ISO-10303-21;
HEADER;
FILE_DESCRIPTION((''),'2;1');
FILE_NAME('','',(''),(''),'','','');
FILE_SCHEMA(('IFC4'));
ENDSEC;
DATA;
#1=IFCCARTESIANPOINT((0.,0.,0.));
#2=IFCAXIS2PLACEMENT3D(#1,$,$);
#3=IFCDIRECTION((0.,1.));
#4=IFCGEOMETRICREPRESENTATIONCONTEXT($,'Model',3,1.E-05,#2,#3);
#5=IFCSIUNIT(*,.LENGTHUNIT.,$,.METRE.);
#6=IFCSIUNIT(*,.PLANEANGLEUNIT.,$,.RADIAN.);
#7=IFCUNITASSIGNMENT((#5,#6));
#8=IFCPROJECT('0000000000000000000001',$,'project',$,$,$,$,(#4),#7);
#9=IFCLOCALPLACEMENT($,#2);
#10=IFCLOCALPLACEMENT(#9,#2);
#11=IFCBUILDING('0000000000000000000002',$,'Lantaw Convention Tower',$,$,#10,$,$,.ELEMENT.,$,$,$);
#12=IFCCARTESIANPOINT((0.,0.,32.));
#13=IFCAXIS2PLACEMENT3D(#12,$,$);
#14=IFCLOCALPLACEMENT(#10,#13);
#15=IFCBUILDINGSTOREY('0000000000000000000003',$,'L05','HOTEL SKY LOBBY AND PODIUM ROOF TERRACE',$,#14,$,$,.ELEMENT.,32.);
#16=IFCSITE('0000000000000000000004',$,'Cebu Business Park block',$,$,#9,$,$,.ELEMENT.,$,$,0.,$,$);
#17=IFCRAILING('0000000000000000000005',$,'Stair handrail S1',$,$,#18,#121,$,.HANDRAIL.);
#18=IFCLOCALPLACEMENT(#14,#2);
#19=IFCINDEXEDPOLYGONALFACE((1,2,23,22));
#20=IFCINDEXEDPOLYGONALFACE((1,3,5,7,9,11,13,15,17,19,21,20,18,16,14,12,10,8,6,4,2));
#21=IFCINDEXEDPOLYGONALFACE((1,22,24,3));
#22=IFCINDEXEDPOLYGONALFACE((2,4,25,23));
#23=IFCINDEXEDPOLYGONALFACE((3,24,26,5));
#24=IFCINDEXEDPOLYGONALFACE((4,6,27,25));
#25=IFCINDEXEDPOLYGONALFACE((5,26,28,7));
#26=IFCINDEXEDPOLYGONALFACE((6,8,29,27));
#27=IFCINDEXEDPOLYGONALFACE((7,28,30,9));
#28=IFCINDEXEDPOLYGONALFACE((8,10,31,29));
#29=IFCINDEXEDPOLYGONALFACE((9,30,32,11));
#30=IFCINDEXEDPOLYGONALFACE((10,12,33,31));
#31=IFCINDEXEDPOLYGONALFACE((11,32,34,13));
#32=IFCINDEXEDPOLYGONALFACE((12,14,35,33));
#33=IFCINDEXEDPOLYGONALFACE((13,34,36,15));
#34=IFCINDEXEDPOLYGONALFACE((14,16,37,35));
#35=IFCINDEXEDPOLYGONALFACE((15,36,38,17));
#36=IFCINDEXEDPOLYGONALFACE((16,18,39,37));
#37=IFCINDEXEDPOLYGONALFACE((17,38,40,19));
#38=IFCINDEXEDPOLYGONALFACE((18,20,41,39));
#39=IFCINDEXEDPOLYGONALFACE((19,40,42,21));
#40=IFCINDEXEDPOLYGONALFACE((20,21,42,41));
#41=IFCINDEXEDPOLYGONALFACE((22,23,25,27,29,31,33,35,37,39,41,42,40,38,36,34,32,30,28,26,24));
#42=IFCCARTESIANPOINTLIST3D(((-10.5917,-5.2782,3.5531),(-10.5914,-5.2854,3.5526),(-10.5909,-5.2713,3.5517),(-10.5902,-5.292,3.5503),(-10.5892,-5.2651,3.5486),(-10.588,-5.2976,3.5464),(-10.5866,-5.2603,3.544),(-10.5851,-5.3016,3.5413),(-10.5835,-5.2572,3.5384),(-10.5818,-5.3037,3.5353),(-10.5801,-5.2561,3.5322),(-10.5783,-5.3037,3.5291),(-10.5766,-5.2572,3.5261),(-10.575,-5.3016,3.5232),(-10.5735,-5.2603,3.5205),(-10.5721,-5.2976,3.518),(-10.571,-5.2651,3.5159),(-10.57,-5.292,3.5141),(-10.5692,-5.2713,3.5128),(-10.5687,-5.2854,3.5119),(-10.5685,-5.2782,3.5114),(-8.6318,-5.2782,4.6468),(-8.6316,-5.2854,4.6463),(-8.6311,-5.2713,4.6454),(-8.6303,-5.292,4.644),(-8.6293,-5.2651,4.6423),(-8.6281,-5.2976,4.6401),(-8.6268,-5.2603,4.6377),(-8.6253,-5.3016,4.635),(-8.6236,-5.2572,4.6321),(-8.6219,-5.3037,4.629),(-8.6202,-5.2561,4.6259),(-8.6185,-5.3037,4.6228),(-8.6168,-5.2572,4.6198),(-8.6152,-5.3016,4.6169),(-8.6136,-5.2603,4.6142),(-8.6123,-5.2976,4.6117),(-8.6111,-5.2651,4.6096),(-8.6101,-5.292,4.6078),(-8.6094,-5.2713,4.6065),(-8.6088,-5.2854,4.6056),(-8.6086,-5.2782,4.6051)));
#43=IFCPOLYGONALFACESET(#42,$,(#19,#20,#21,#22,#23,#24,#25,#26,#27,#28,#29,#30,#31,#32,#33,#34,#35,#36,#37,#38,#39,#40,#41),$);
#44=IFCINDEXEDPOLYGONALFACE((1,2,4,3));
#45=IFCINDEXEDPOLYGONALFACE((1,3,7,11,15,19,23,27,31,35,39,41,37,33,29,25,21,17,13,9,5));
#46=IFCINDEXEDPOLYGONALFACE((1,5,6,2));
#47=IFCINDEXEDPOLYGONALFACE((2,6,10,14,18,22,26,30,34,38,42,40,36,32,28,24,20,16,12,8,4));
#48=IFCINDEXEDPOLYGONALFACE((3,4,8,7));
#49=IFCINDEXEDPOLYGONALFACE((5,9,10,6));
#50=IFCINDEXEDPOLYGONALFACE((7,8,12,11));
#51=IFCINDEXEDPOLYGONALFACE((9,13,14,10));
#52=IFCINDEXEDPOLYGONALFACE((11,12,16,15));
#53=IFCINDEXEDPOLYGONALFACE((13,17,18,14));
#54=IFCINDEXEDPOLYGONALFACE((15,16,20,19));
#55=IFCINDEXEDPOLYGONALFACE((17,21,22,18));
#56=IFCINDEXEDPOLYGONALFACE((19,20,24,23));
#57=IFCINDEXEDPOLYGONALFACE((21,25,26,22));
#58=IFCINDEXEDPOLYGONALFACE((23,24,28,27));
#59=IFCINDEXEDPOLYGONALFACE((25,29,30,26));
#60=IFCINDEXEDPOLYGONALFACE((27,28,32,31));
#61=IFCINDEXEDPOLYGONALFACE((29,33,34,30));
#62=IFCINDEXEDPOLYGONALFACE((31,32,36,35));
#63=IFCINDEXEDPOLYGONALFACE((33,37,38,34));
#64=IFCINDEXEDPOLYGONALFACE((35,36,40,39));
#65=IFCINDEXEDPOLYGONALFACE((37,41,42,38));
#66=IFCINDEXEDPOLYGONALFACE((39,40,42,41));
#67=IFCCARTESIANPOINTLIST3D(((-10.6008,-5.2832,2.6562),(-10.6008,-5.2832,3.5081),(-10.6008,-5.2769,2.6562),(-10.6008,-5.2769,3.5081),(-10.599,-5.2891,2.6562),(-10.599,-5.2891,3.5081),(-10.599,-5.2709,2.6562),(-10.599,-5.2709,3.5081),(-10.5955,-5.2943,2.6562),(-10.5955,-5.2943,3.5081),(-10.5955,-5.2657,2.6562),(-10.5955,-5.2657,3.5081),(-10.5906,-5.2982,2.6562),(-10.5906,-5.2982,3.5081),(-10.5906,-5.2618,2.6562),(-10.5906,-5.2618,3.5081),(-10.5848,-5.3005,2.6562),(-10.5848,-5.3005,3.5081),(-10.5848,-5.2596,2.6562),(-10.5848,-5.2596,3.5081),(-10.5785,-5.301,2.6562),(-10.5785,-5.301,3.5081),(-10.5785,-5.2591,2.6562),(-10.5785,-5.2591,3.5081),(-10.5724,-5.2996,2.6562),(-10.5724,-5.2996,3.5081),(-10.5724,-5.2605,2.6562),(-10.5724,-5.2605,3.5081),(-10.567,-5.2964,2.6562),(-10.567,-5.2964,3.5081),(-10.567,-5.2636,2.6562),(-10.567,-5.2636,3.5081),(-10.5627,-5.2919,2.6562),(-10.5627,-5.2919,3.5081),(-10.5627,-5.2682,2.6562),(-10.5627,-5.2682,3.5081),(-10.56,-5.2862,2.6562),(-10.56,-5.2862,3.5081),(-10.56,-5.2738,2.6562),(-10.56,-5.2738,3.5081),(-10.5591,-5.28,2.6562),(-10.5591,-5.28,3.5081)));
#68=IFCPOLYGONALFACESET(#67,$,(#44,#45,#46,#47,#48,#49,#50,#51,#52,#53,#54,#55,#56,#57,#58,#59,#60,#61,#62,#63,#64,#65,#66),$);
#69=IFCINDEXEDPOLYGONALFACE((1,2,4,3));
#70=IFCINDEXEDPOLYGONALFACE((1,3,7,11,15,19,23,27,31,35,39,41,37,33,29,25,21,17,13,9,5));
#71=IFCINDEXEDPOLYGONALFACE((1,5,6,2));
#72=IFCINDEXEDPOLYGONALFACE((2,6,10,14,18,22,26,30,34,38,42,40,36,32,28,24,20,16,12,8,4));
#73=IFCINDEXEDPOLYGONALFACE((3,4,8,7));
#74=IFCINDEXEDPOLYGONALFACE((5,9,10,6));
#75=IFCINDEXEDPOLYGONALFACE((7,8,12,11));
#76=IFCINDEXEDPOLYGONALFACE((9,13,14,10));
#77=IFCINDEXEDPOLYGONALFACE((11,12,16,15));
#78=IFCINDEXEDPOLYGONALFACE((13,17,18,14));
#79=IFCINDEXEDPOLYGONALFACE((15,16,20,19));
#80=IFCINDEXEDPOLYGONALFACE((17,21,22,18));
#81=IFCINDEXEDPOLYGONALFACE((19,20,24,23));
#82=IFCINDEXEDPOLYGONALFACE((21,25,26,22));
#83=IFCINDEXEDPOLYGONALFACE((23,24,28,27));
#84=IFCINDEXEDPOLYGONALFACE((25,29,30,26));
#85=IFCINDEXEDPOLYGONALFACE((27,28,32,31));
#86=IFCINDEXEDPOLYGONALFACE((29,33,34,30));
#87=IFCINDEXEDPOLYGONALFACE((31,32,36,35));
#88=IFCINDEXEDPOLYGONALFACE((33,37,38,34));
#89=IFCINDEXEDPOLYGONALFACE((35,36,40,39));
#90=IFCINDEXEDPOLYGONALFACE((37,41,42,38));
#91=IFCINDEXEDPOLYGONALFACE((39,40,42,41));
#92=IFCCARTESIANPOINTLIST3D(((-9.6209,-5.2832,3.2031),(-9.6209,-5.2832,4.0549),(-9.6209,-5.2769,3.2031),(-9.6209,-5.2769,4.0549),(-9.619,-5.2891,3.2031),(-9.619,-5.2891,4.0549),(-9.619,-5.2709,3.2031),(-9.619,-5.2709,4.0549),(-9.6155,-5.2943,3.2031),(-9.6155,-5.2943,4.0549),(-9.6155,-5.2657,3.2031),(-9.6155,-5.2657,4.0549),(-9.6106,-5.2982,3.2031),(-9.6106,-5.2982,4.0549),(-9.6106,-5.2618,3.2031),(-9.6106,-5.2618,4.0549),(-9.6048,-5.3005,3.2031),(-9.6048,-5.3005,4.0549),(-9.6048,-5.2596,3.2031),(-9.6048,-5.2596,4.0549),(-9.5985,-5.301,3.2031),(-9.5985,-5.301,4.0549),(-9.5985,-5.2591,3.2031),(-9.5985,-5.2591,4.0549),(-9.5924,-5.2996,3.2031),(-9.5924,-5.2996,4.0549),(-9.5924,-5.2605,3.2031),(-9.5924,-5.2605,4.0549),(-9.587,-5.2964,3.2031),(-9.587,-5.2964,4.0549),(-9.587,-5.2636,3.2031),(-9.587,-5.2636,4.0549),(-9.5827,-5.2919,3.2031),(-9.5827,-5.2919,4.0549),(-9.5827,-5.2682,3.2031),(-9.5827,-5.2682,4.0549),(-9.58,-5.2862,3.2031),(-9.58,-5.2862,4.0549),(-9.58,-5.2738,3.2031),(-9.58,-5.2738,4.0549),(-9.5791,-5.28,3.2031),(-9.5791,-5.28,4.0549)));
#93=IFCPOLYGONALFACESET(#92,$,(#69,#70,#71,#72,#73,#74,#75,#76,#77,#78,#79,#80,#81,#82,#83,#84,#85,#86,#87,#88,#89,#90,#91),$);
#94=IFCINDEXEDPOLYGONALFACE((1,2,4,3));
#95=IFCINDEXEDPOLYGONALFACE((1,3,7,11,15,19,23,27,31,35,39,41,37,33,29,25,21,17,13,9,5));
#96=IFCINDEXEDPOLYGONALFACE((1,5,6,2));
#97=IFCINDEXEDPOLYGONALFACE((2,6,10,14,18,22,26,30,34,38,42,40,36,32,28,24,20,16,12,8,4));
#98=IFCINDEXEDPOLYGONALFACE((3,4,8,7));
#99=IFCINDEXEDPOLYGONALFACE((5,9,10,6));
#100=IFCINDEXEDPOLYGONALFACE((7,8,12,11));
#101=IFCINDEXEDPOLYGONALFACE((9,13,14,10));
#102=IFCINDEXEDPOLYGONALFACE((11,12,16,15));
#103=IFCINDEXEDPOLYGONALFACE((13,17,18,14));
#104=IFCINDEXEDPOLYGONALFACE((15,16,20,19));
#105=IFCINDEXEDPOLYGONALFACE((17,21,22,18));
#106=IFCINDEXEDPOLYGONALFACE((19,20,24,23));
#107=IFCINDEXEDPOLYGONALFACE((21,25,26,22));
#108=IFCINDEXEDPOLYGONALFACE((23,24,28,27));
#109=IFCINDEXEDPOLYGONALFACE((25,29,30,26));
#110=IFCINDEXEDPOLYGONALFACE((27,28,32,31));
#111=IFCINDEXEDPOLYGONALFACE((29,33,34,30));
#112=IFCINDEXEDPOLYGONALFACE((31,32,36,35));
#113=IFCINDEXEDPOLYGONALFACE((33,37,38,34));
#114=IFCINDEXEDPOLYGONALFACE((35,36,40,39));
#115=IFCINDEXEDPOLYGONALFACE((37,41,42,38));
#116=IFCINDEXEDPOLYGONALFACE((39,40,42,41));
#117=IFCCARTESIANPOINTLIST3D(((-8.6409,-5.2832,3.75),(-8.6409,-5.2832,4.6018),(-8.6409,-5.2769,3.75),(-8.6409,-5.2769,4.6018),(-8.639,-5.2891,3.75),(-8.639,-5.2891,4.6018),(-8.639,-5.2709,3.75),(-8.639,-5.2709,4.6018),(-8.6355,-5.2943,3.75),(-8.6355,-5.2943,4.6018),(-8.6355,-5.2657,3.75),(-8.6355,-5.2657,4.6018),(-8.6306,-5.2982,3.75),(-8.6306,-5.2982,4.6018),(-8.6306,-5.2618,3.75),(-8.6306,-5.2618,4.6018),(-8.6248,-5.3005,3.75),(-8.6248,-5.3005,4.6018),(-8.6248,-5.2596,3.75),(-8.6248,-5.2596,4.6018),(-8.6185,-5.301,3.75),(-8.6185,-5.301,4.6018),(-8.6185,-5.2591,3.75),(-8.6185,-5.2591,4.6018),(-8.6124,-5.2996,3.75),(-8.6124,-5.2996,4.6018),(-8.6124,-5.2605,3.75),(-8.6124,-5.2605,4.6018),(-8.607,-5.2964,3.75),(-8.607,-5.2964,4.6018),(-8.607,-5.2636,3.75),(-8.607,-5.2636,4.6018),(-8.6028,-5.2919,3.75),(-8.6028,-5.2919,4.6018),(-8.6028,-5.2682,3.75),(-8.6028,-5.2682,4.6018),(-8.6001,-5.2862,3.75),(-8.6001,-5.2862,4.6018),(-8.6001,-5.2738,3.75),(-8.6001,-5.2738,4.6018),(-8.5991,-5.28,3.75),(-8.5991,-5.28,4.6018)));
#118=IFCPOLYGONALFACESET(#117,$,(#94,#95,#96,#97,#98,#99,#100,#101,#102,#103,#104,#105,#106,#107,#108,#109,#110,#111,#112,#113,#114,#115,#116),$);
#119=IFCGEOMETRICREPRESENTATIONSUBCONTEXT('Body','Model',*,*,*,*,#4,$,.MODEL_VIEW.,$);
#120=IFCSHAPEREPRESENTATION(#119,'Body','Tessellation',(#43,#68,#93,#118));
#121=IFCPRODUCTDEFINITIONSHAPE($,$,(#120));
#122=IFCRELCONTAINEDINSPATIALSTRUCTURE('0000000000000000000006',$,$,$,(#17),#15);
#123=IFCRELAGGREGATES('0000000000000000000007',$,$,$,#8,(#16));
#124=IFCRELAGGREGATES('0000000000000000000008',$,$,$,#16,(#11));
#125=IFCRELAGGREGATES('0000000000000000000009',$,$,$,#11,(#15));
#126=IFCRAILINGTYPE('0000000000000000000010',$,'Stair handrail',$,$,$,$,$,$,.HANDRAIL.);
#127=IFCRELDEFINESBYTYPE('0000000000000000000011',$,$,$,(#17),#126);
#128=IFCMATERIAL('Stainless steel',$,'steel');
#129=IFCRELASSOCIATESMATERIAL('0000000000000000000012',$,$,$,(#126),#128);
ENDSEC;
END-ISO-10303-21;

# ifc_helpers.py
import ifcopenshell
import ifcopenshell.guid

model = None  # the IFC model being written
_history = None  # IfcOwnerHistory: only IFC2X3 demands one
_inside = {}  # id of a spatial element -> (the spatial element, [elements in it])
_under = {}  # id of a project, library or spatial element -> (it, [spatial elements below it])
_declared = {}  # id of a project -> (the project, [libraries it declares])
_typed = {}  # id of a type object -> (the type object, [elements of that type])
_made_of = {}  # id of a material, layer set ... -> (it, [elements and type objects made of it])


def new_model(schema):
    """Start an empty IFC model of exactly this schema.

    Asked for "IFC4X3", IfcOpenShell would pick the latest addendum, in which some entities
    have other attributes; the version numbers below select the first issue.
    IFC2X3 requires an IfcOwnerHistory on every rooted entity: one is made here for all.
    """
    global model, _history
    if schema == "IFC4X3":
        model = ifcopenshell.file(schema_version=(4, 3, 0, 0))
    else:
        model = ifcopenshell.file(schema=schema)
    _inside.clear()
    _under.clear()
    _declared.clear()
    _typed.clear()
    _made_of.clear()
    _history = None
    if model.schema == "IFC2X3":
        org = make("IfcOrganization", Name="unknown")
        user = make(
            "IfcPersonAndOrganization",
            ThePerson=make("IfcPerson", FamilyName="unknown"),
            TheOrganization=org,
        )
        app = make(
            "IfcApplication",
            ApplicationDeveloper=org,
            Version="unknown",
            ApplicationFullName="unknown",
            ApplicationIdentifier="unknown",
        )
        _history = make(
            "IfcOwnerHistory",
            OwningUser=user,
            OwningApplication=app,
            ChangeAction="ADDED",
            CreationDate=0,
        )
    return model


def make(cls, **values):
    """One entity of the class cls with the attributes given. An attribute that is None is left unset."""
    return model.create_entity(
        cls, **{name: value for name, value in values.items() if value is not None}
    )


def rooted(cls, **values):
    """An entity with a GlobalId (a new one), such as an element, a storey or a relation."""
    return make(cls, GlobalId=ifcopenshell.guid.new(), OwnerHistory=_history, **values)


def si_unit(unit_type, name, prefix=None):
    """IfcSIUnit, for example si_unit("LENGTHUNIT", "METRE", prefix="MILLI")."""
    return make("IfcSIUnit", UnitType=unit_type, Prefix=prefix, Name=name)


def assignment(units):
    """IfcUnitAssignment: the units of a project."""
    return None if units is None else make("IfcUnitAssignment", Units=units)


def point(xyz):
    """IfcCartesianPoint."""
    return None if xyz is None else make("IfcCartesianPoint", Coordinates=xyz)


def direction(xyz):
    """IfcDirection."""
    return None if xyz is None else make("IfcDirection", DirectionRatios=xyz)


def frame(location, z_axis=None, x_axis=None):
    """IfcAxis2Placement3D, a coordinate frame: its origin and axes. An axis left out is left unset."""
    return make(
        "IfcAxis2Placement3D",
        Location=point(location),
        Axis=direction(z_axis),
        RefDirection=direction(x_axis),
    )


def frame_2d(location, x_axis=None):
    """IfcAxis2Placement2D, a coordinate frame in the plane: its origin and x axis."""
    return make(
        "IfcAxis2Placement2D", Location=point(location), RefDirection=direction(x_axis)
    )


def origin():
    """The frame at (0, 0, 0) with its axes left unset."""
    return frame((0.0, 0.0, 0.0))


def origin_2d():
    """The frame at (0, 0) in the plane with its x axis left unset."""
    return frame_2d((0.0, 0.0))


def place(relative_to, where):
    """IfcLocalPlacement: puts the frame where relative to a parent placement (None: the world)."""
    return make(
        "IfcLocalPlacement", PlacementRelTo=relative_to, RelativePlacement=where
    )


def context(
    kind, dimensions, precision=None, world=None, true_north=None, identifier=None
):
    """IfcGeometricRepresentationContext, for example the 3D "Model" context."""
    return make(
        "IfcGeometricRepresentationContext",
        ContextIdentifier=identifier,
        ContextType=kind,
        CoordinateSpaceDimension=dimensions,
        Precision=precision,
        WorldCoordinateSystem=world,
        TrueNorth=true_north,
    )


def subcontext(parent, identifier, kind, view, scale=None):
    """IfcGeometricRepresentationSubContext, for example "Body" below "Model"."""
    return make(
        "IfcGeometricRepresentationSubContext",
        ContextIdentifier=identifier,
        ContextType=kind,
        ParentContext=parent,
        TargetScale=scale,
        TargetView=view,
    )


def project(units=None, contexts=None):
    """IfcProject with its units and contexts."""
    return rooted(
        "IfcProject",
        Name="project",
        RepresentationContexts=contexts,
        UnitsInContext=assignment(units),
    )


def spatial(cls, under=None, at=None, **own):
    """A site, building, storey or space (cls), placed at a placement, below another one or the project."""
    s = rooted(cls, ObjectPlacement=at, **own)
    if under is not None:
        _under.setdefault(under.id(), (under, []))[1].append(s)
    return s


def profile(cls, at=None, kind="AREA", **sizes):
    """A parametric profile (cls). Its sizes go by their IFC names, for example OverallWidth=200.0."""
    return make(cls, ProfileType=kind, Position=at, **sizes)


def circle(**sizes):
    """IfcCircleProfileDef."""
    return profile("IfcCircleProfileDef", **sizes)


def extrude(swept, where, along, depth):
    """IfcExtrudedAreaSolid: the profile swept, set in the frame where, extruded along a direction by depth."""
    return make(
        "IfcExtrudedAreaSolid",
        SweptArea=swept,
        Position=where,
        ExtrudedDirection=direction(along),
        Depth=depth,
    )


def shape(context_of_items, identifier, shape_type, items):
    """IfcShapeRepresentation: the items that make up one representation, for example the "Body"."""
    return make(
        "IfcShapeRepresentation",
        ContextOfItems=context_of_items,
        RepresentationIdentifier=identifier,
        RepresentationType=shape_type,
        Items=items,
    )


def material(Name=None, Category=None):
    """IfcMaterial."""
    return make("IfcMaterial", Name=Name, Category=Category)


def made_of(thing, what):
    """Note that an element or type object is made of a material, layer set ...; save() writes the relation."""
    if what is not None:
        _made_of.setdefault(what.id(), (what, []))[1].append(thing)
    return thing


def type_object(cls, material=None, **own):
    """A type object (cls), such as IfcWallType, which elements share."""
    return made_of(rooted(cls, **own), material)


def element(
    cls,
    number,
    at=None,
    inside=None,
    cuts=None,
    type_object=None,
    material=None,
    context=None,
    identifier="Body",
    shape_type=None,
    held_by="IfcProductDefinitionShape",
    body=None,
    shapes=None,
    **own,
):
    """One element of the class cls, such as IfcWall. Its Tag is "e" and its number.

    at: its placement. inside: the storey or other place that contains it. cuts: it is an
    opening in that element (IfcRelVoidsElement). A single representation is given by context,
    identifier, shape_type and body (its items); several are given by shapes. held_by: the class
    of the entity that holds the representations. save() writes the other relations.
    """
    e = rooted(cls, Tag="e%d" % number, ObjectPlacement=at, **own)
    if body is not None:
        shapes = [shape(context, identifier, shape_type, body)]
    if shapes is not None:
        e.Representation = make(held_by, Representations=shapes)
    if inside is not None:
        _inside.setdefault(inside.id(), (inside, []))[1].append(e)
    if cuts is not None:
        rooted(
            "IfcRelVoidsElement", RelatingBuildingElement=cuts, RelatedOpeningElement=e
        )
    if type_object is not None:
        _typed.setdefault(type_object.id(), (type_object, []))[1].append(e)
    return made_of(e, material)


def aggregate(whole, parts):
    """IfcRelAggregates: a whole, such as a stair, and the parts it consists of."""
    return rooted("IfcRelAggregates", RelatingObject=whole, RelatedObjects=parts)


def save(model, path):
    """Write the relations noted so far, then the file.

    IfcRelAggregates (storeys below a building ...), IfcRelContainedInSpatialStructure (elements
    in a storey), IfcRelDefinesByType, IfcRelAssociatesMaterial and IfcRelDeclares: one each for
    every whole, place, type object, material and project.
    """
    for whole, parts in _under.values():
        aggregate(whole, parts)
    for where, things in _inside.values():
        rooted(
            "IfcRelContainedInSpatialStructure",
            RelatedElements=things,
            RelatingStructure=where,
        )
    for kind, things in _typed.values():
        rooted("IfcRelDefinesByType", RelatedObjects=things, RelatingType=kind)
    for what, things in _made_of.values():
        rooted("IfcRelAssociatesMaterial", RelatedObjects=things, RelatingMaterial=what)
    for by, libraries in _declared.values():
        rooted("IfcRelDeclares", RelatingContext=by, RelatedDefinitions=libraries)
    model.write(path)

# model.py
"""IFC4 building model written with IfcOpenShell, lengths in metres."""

from ifc_helpers import new_model, si_unit, direction, frame, origin, origin_2d, place, context, subcontext, project, spatial, circle, extrude, material, type_object, element, save


model = new_model("IFC4")

# Units and contexts
model_context = context("Model", 3, precision=1e-05, world=origin(), true_north=direction((0.0, 1.0)))
body_context = subcontext(model_context, "Body", "Model", "MODEL_VIEW")
ifc_project = project(units=[si_unit("LENGTHUNIT", "METRE"), si_unit("PLANEANGLEUNIT", "RADIAN")], contexts=[model_context])

# Site, building, storey
site_placement = place(None, origin())
site = spatial("IfcSite", under=ifc_project, at=site_placement, Name="Cebu Business Park block", CompositionType="ELEMENT", RefElevation=0.0)
building_placement = place(site_placement, origin())
building = spatial("IfcBuilding", under=site, at=building_placement, Name="Lantaw Convention Tower", CompositionType="ELEMENT")
storey_placement = place(building_placement, frame((0.0, 0.0, 32.0)))
storey = spatial("IfcBuildingStorey", under=building, at=storey_placement, Name="L05", Description="HOTEL SKY LOBBY AND PODIUM ROOF TERRACE", CompositionType="ELEMENT", Elevation=32.0)

# Shared definitions
ifc_material_1 = material(Name="Stainless steel", Category="steel")

# Railing
railing_type = type_object("IfcRailingType", Name="Stair handrail", PredefinedType="HANDRAIL", material=ifc_material_1)
railing_1_placement = place(storey_placement, frame((-10.5801, -5.28, 2.6562)))
element("IfcRailing", 1, at=railing_1_placement, inside=storey, type_object=railing_type, Name="Stair handrail S1", PredefinedType="HANDRAIL", context=body_context, shape_type="SweptSolid", body=[
    extrude(circle(Radius=0.0239, at=origin_2d()), frame((0.0, 0.0, 0.876), z_axis=(0.873232, 0.0, 0.487304), x_axis=(0.0, 1.0, 0.0)), (0.0, 0.0, 1.0), 2.2444),
    extrude(circle(Radius=0.021, at=origin_2d()), origin(), (0.0, 0.0, 1.0), 0.8518),
    extrude(circle(Radius=0.021, at=origin_2d()), frame((0.98, 0.0, 0.5469)), (0.0, 0.0, 1.0), 0.8518),
    extrude(circle(Radius=0.021, at=origin_2d()), frame((1.96, 0.0, 1.0938)), (0.0, 0.0, 1.0), 0.8518),
])

save(model, "model.ifc")
